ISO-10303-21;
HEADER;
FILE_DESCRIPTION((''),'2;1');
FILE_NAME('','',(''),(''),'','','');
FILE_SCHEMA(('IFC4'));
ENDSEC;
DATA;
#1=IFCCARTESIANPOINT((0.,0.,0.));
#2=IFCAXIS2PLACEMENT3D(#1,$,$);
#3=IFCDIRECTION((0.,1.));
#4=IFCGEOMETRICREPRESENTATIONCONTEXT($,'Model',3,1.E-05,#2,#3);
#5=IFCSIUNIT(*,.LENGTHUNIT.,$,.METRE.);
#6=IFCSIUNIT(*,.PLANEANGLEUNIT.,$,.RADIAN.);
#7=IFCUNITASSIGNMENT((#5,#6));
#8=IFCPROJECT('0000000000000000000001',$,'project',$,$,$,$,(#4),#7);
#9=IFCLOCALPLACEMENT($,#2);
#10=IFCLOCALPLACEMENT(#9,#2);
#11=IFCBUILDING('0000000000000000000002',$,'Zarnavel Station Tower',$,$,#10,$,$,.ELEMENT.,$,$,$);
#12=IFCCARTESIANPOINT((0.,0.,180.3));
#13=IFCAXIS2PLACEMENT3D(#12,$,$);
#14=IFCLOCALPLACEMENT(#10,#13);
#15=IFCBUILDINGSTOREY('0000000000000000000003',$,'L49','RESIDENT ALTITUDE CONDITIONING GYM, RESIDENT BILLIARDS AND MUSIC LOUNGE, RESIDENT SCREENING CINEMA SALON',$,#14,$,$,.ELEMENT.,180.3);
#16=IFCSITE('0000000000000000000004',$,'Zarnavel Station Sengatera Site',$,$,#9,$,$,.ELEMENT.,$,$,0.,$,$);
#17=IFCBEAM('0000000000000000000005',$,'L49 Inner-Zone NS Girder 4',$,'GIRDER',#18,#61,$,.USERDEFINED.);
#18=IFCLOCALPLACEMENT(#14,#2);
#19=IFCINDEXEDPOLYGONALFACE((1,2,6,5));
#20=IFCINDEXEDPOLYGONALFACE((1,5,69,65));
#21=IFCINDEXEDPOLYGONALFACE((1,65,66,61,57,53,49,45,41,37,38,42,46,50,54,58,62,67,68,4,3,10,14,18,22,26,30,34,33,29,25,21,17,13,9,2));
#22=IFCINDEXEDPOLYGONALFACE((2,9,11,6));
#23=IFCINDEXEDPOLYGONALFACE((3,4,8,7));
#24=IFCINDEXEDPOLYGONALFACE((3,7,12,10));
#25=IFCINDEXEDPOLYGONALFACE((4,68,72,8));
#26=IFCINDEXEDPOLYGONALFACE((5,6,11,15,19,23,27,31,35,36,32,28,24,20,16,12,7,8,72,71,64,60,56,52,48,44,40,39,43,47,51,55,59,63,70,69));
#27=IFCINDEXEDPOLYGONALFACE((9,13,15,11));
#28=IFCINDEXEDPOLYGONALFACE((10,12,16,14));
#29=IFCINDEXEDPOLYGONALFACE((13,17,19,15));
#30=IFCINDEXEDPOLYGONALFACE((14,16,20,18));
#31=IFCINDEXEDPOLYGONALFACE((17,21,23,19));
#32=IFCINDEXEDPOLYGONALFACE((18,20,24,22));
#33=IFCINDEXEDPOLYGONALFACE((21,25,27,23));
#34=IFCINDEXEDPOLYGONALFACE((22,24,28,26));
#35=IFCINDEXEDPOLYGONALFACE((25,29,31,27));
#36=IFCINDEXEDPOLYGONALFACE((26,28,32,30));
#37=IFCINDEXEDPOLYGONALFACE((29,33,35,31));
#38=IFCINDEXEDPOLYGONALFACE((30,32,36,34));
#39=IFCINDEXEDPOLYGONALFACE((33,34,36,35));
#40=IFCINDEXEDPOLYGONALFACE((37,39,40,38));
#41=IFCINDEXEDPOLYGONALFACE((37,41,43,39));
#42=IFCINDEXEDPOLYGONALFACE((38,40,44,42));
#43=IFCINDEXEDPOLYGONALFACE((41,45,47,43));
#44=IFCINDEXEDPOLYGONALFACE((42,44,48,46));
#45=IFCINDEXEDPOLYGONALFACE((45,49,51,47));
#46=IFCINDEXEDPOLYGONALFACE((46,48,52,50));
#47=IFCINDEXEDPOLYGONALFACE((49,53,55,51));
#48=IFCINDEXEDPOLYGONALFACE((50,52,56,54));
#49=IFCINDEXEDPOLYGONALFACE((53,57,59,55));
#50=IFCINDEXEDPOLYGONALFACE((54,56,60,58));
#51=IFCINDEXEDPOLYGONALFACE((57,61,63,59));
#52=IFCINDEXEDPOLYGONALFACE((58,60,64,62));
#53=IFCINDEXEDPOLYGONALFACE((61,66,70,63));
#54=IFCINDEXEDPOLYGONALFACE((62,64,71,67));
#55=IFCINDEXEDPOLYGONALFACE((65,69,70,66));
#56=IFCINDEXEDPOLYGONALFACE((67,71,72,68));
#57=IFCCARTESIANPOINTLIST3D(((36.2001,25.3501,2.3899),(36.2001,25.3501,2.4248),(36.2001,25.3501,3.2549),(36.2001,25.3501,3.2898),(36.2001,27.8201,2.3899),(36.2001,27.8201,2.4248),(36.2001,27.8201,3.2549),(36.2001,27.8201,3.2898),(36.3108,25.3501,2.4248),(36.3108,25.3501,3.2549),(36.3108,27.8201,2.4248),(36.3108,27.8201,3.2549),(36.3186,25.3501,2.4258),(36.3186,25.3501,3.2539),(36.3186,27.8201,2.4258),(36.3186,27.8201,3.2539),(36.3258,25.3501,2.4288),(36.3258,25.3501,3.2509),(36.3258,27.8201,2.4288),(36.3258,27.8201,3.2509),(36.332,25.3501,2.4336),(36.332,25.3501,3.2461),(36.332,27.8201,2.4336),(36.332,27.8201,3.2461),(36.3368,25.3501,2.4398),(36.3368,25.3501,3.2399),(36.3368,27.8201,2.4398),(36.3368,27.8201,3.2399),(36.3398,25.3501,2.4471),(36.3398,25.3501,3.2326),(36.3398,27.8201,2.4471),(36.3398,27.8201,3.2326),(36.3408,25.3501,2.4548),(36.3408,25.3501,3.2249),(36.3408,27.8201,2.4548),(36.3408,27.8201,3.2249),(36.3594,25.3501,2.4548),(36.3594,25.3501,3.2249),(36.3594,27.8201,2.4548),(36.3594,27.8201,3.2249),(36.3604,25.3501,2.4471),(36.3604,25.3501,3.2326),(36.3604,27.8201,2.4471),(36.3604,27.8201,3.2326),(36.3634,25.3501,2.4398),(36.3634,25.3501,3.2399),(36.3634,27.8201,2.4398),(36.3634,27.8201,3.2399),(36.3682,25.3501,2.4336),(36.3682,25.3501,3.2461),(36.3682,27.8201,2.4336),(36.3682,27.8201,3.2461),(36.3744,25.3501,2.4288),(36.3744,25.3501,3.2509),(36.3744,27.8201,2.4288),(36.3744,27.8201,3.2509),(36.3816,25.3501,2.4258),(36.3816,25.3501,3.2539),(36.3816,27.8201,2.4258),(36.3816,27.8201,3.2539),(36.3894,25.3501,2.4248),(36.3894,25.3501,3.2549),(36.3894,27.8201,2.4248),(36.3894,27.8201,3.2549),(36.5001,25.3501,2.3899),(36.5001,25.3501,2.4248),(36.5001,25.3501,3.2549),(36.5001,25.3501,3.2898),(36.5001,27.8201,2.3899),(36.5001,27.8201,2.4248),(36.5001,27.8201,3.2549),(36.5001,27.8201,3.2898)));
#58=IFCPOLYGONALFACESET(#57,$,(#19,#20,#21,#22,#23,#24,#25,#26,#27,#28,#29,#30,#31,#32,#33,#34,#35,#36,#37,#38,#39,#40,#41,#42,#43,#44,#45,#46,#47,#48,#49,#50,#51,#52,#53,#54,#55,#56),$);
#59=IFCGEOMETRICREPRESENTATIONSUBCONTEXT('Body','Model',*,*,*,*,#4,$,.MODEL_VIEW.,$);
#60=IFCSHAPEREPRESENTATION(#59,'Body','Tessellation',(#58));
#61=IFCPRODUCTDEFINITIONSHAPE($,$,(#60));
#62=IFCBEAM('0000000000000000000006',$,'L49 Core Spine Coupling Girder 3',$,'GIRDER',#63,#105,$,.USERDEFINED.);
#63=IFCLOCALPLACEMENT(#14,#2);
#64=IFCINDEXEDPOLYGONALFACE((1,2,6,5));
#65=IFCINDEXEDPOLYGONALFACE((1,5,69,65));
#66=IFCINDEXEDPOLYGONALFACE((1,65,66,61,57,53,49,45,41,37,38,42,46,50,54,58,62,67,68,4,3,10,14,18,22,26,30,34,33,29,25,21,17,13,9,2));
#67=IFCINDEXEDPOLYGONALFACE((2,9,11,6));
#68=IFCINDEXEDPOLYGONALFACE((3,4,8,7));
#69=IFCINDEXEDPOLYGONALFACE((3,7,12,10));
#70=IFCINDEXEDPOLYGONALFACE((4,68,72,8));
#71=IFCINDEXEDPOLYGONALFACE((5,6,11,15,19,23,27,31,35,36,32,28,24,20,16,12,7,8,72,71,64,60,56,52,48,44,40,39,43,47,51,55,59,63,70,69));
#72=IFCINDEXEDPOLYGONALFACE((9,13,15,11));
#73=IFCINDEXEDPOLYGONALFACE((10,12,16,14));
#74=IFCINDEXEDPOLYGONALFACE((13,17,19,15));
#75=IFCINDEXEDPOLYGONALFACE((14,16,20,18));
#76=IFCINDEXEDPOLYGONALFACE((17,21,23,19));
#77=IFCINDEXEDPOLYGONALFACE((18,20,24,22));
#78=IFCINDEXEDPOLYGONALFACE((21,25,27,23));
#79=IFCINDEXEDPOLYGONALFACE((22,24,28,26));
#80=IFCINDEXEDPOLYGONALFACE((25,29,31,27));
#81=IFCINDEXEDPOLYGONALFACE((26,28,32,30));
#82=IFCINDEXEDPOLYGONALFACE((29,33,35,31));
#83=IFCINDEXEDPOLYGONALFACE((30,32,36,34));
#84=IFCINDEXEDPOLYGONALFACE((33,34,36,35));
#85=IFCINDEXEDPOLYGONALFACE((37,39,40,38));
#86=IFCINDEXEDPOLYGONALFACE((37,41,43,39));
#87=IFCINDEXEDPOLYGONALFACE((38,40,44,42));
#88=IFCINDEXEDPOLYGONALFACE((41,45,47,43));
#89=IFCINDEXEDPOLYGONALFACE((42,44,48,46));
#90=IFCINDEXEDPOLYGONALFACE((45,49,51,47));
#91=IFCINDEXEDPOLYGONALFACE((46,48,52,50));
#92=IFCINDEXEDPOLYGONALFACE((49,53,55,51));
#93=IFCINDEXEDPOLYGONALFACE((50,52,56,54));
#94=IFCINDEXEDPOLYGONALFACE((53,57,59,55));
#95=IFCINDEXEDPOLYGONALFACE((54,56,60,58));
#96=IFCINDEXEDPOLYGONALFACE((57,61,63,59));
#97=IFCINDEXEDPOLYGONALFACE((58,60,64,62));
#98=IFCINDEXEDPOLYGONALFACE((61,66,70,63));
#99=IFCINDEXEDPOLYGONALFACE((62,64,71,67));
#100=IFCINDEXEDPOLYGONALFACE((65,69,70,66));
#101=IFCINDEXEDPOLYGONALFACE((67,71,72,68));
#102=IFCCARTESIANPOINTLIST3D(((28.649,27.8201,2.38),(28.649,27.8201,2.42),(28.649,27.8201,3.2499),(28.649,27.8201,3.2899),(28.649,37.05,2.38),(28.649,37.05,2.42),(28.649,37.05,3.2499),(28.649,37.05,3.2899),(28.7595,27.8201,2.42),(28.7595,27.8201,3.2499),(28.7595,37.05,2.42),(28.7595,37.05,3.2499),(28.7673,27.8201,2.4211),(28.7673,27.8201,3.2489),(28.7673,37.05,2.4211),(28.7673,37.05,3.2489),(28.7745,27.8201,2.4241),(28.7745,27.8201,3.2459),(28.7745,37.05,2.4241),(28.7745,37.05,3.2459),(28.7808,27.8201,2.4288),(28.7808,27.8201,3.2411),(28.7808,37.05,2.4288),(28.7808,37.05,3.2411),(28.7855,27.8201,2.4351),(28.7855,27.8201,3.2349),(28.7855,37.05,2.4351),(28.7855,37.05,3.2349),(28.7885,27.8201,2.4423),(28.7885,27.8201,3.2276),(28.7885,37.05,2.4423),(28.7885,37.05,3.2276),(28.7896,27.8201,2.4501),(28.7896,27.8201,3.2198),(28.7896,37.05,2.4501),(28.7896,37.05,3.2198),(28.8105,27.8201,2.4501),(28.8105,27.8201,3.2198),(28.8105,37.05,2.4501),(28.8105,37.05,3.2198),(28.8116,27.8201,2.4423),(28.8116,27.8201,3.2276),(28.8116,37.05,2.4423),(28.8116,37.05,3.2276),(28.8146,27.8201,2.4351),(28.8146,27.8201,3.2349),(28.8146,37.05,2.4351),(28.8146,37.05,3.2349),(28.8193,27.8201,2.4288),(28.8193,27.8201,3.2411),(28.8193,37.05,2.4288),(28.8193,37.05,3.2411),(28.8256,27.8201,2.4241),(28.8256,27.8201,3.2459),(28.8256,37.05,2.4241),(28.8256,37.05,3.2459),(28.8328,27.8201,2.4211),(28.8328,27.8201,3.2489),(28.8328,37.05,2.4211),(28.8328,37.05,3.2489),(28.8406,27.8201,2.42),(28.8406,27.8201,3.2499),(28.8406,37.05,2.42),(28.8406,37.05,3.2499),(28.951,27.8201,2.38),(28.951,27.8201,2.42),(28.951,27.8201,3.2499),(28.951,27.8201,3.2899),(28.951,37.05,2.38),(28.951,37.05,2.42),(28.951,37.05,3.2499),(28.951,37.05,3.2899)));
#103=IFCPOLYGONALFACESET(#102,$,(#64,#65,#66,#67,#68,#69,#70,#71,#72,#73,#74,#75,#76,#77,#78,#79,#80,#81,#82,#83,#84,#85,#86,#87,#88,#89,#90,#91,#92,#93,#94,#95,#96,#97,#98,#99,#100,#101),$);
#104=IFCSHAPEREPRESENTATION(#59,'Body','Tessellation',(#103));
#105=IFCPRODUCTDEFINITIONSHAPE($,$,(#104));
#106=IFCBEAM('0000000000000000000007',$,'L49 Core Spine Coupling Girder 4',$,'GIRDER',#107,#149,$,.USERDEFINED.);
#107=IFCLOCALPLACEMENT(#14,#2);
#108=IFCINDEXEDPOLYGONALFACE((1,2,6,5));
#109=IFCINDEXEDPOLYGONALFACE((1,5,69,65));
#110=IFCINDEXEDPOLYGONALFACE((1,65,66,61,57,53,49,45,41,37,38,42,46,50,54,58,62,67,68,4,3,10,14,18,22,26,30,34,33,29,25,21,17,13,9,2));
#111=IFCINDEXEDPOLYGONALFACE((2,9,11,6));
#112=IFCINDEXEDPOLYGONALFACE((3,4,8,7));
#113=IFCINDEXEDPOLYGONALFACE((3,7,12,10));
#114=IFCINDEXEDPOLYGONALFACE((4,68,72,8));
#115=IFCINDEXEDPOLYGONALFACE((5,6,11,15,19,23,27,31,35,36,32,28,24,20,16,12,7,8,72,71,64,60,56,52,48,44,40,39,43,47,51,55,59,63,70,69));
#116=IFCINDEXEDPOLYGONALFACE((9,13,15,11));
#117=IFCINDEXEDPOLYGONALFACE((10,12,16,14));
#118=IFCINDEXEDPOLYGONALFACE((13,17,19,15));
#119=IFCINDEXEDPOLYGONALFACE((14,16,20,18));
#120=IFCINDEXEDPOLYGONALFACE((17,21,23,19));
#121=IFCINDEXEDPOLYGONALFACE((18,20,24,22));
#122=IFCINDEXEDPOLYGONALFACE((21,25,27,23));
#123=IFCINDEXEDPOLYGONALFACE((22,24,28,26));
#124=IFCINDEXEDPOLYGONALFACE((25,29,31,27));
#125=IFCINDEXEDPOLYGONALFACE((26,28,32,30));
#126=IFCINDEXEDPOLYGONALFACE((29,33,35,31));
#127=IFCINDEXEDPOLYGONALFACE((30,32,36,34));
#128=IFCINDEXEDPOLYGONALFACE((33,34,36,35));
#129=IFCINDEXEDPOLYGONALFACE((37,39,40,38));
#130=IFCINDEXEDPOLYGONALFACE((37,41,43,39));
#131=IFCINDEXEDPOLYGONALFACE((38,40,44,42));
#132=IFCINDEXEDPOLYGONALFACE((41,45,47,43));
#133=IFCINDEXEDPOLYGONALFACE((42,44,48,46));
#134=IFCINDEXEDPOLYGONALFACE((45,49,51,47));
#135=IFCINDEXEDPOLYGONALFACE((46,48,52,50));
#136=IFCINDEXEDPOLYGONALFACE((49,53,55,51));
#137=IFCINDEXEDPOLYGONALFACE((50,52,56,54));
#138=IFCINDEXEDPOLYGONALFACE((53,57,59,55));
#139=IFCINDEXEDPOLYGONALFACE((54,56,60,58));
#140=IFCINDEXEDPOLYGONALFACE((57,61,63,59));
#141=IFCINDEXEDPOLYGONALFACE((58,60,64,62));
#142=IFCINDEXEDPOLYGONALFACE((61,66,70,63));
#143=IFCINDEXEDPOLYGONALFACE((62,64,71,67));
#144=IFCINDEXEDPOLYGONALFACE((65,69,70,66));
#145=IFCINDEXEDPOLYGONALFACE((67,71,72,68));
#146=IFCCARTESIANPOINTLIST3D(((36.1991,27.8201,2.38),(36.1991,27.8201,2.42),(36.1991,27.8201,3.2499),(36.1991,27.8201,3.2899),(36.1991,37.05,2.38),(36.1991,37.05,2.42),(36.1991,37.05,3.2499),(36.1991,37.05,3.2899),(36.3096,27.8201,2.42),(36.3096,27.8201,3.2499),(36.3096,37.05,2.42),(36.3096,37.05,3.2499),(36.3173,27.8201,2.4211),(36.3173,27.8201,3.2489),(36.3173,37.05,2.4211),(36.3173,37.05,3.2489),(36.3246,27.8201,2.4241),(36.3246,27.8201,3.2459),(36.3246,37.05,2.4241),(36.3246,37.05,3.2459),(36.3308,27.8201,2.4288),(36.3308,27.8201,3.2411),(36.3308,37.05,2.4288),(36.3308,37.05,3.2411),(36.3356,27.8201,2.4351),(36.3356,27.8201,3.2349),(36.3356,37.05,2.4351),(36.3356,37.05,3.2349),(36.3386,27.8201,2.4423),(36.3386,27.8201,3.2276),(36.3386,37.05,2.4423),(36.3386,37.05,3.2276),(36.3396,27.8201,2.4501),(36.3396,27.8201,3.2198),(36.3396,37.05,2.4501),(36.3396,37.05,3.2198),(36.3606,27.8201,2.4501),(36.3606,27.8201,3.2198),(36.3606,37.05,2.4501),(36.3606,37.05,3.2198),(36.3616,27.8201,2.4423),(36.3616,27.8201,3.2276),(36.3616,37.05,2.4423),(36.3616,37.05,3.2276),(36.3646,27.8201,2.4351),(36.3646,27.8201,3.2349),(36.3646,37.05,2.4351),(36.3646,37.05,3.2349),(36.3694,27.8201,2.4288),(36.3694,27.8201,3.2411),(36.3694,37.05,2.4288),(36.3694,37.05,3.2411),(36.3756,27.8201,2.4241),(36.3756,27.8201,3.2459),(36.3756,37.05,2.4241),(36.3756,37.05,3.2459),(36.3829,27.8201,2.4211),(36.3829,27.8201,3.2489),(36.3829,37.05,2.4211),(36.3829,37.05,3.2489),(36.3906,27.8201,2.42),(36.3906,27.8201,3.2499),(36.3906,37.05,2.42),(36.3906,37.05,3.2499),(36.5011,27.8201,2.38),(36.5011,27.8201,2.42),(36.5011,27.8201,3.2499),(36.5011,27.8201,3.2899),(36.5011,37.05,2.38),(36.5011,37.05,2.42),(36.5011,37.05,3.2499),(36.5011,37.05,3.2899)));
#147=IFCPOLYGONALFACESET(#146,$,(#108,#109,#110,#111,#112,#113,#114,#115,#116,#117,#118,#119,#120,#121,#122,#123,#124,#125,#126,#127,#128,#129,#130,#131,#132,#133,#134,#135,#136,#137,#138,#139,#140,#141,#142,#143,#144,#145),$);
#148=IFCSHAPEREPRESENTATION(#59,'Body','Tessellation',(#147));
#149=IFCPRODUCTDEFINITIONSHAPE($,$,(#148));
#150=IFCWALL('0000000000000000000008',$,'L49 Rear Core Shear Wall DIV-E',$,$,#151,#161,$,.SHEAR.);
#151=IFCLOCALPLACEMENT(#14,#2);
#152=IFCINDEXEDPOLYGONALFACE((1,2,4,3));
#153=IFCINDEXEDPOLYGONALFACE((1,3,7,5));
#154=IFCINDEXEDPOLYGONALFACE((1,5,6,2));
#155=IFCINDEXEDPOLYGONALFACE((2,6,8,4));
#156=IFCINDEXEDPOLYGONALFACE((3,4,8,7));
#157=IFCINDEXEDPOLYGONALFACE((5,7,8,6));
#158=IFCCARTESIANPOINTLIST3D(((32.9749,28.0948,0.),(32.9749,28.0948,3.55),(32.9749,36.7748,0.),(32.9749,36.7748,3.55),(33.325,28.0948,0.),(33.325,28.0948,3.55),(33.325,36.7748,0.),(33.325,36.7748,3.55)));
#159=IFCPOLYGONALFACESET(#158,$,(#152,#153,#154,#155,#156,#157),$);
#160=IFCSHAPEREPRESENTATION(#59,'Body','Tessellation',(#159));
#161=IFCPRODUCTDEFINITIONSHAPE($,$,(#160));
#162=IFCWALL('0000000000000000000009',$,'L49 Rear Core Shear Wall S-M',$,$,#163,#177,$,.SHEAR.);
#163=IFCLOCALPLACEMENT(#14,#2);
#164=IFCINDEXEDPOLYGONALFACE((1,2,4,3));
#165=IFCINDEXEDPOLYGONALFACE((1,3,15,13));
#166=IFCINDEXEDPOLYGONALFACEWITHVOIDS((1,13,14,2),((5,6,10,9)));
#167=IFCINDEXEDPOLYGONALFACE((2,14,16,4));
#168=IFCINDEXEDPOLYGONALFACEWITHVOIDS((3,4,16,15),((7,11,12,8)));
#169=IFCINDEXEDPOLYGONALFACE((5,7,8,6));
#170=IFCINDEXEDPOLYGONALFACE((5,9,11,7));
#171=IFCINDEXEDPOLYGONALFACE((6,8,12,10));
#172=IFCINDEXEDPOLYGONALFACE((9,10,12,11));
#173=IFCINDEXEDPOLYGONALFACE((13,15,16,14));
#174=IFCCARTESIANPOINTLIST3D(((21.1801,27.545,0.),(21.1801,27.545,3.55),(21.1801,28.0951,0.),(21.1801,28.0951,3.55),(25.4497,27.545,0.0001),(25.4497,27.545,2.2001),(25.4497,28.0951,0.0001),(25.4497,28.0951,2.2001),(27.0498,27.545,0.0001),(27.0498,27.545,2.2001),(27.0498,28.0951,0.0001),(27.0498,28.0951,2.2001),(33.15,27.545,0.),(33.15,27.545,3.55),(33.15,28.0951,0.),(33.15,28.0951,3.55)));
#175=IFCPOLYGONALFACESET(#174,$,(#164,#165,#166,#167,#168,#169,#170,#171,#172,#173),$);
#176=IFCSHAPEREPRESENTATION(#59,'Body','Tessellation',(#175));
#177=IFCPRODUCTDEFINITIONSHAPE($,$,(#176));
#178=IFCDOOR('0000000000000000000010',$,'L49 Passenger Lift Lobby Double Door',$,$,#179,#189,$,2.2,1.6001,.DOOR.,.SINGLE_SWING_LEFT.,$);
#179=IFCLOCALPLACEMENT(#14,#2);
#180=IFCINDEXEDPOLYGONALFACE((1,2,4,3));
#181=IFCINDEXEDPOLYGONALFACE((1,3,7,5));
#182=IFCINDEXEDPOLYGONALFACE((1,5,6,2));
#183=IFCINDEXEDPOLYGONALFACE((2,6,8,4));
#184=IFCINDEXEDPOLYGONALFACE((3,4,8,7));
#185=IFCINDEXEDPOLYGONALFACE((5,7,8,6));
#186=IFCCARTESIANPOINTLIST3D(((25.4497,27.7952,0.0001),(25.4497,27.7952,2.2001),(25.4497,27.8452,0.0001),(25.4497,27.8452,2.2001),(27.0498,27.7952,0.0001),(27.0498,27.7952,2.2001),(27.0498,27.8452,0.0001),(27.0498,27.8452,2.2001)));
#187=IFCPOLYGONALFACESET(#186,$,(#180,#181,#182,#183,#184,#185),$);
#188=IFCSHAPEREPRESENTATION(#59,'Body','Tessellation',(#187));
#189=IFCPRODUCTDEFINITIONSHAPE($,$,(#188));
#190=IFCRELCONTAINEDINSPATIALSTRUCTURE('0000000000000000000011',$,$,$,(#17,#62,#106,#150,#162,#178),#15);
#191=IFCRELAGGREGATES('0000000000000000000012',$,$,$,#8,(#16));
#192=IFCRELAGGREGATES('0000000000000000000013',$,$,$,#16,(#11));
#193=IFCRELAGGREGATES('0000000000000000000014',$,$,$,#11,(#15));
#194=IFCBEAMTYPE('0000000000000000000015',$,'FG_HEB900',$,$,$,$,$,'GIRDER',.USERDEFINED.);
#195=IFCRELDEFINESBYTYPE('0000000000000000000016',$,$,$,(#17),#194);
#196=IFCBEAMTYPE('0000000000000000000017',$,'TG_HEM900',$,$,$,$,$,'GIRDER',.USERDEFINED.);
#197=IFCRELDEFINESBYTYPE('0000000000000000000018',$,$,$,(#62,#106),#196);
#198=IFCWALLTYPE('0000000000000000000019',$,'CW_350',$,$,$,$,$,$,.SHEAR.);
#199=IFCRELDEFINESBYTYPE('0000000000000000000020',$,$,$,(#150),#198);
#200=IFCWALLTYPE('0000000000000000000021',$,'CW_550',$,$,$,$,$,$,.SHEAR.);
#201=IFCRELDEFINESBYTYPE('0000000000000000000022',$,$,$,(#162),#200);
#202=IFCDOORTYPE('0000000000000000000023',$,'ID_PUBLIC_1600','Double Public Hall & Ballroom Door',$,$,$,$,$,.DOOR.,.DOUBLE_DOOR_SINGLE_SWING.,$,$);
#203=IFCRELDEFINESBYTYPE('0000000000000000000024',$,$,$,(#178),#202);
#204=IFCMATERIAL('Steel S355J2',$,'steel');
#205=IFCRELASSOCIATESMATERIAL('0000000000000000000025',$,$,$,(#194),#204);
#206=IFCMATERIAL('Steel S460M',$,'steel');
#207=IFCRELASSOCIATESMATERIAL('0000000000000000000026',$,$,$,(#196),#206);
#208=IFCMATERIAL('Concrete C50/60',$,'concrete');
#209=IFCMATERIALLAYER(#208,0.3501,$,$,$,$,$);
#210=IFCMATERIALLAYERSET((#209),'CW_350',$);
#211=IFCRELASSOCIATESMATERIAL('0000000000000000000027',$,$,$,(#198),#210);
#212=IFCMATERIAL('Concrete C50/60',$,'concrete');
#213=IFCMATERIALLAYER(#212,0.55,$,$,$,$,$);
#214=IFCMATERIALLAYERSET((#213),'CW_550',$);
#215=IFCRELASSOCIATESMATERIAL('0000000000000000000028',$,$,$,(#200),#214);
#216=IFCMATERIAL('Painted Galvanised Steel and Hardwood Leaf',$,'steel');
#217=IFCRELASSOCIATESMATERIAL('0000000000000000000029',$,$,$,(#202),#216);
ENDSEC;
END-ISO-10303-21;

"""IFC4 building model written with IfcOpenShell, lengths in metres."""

from ifc_helpers import new_model, si_unit, direction, frame, frame_2d, origin, origin_2d, place, context, subcontext, project, spatial, rectangle, i_section, extrude, material, layer, layer_set, material_profile, profile_set, type_object, element, fill, save


model = new_model("IFC4")

# Units and contexts
model_context = context("Model", 3, precision=1e-05, world=origin(), true_north=direction((0.0, 1.0)))
body_context = subcontext(model_context, "Body", "Model", "MODEL_VIEW")
ifc_project = project(units=[si_unit("LENGTHUNIT", "METRE"), si_unit("PLANEANGLEUNIT", "RADIAN")], contexts=[model_context])

# Site, building, storey
site_placement = place(None, origin())
site = spatial("IfcSite", under=ifc_project, at=site_placement, Name="Zarnavel Station Sengatera Site", CompositionType="ELEMENT", RefElevation=0.0)
building_placement = place(site_placement, origin())
building = spatial("IfcBuilding", under=site, at=building_placement, Name="Zarnavel Station Tower", CompositionType="ELEMENT")
storey_placement = place(building_placement, frame((0.0, 0.0, 180.3)))
storey = spatial("IfcBuildingStorey", under=building, at=storey_placement, Name="L49", Description="RESIDENT ALTITUDE CONDITIONING GYM, RESIDENT BILLIARDS AND MUSIC LOUNGE, RESIDENT SCREENING CINEMA SALON", CompositionType="ELEMENT", Elevation=180.3)

# Beams
ifc_material_1 = material(Name="Steel S355J2", Category="steel")
ifc_material_profile_1 = material_profile(ifc_material_1, i_section(OverallWidth=0.3, OverallDepth=0.8999, WebThickness=0.0186, FlangeThickness=0.0349, FilletRadius=0.03, at=origin_2d()), Name="HEB900")
ifc_profile_set_1 = profile_set([ifc_material_profile_1], Name="Steel S355J2")
beam_type_1 = type_object("IfcBeamType", Name="FG_HEB900", ElementType="GIRDER", PredefinedType="USERDEFINED", material=ifc_profile_set_1)
beam_1_placement = place(storey_placement, frame((36.3501, 25.3501, 2.8398), z_axis=(0.0, 1.0, 0.0), x_axis=(-1.0, 0.0, 0.0)))
element("IfcBeam", 1, at=beam_1_placement, inside=storey, type_object=beam_type_1, Name="L49 Inner-Zone NS Girder 4", ObjectType="GIRDER", PredefinedType="USERDEFINED", context=body_context, shape_type="SweptSolid", body=[
    extrude(i_section(OverallWidth=0.3, OverallDepth=0.8999, WebThickness=0.0186, FlangeThickness=0.0349, FilletRadius=0.03, at=origin_2d()), origin(), (0.0, 0.0, 1.0), 2.47),
])
ifc_material_2 = material(Name="Steel S460M", Category="steel")
ifc_material_profile_2 = material_profile(ifc_material_2, i_section(OverallWidth=0.302, OverallDepth=0.9099, WebThickness=0.021, FlangeThickness=0.04, FilletRadius=0.03, at=origin_2d()), Name="HEM900")
ifc_profile_set_2 = profile_set([ifc_material_profile_2], Name="Steel S460M")
beam_type_2 = type_object("IfcBeamType", Name="TG_HEM900", ElementType="GIRDER", PredefinedType="USERDEFINED", material=ifc_profile_set_2)
for number, where, z_axis, x_axis, name in (
    (2, (28.8, 27.8201, 2.835), (0.0, 1.0, 0.0), (-1.0, 0.0, 0.0), "L49 Core Spine Coupling Girder 3"),
    (3, (36.3501, 27.8201, 2.835), (0.0, 1.0, 0.0), (-1.0, 0.0, 0.0), "L49 Core Spine Coupling Girder 4"),
):
    element("IfcBeam", number, at=place(storey_placement, frame(where, z_axis=z_axis, x_axis=x_axis)), inside=storey, type_object=beam_type_2, Name=name, ObjectType="GIRDER", PredefinedType="USERDEFINED", context=body_context, shape_type="SweptSolid", body=[
        extrude(i_section(OverallWidth=0.302, OverallDepth=0.9099, WebThickness=0.021, FlangeThickness=0.04, FilletRadius=0.03, at=origin_2d()), origin(), (0.0, 0.0, 1.0), 9.23),
    ])

# Wall
ifc_material_3 = material(Name="Concrete C50/60", Category="concrete")
ifc_layer_1 = layer(ifc_material_3, 0.3501)
ifc_layer_set_1 = layer_set([ifc_layer_1], Name="CW_350")
wall_type_1 = type_object("IfcWallType", Name="CW_350", PredefinedType="SHEAR", material=ifc_layer_set_1)
wall_1_placement = place(storey_placement, frame((33.1499, 28.095, 0.0), z_axis=(0.0, 0.0, 1.0), x_axis=(0.0, 1.0, 0.0)))
element("IfcWall", 4, at=wall_1_placement, inside=storey, type_object=wall_type_1, Name="L49 Rear Core Shear Wall DIV-E", PredefinedType="SHEAR", context=body_context, shape_type="SweptSolid", body=[
    extrude(rectangle(XDim=8.6799, YDim=0.3501, at=frame_2d((4.3398, 0.0))), origin(), (0.0, 0.0, 1.0), 3.55),
])

# Wall, opening, door
ifc_material_4 = material(Name="Concrete C50/60", Category="concrete")
ifc_layer_2 = layer(ifc_material_4, 0.55)
ifc_layer_set_2 = layer_set([ifc_layer_2], Name="CW_550")
wall_type_2 = type_object("IfcWallType", Name="CW_550", PredefinedType="SHEAR", material=ifc_layer_set_2)
wall_2_placement = place(storey_placement, frame((33.1499, 27.8201, 0.0), z_axis=(0.0, 0.0, 1.0), x_axis=(-1.0, 0.0, 0.0)))
wall_2 = element("IfcWall", 5, at=wall_2_placement, inside=storey, type_object=wall_type_2, Name="L49 Rear Core Shear Wall S-M", PredefinedType="SHEAR", context=body_context, shape_type="SweptSolid", body=[
    extrude(rectangle(XDim=11.97, YDim=0.55, at=frame_2d((5.9849, 0.0))), origin(), (0.0, 0.0, 1.0), 3.55),
])
opening_1_placement = place(wall_2_placement, frame((6.1001, 0.0, 0.0)))
opening_1 = element("IfcOpeningElement", 6, at=opening_1_placement, cuts=wall_2, PredefinedType="OPENING", context=body_context, shape_type="SweptSolid", body=[
    extrude(rectangle(XDim=1.6001, YDim=2.2, at=frame_2d((0.8, 1.1001))), frame((0.0, 0.2849, 0.0), z_axis=(0.0, -1.0, 0.0), x_axis=(1.0, 0.0, 0.0)), (0.0, 0.0, 1.0), 0.5701),
])
ifc_material_5 = material(Name="Painted Galvanised Steel and Hardwood Leaf", Category="steel")
door_type_1 = type_object("IfcDoorType", Name="ID_PUBLIC_1600", Description="Double Public Hall & Ballroom Door", OperationType="DOUBLE_DOOR_SINGLE_SWING", PredefinedType="DOOR", material=ifc_material_5)
door_1_placement = place(opening_1_placement, origin())
door_1 = element("IfcDoor", 7, at=door_1_placement, inside=storey, type_object=door_type_1, Name="L49 Passenger Lift Lobby Double Door", OperationType="SINGLE_SWING_LEFT", OverallHeight=2.2, OverallWidth=1.6001, PredefinedType="DOOR", context=body_context, shape_type="SweptSolid", body=[
    extrude(rectangle(XDim=1.6001, YDim=2.2, at=frame_2d((0.8, 1.1001))), frame((0.0, 0.0249, 0.0), z_axis=(0.0, -1.0, 0.0), x_axis=(1.0, 0.0, 0.0)), (0.0, 0.0, 1.0), 0.05),
])
fill(opening_1, door_1)

save(model, "model.ifc")
